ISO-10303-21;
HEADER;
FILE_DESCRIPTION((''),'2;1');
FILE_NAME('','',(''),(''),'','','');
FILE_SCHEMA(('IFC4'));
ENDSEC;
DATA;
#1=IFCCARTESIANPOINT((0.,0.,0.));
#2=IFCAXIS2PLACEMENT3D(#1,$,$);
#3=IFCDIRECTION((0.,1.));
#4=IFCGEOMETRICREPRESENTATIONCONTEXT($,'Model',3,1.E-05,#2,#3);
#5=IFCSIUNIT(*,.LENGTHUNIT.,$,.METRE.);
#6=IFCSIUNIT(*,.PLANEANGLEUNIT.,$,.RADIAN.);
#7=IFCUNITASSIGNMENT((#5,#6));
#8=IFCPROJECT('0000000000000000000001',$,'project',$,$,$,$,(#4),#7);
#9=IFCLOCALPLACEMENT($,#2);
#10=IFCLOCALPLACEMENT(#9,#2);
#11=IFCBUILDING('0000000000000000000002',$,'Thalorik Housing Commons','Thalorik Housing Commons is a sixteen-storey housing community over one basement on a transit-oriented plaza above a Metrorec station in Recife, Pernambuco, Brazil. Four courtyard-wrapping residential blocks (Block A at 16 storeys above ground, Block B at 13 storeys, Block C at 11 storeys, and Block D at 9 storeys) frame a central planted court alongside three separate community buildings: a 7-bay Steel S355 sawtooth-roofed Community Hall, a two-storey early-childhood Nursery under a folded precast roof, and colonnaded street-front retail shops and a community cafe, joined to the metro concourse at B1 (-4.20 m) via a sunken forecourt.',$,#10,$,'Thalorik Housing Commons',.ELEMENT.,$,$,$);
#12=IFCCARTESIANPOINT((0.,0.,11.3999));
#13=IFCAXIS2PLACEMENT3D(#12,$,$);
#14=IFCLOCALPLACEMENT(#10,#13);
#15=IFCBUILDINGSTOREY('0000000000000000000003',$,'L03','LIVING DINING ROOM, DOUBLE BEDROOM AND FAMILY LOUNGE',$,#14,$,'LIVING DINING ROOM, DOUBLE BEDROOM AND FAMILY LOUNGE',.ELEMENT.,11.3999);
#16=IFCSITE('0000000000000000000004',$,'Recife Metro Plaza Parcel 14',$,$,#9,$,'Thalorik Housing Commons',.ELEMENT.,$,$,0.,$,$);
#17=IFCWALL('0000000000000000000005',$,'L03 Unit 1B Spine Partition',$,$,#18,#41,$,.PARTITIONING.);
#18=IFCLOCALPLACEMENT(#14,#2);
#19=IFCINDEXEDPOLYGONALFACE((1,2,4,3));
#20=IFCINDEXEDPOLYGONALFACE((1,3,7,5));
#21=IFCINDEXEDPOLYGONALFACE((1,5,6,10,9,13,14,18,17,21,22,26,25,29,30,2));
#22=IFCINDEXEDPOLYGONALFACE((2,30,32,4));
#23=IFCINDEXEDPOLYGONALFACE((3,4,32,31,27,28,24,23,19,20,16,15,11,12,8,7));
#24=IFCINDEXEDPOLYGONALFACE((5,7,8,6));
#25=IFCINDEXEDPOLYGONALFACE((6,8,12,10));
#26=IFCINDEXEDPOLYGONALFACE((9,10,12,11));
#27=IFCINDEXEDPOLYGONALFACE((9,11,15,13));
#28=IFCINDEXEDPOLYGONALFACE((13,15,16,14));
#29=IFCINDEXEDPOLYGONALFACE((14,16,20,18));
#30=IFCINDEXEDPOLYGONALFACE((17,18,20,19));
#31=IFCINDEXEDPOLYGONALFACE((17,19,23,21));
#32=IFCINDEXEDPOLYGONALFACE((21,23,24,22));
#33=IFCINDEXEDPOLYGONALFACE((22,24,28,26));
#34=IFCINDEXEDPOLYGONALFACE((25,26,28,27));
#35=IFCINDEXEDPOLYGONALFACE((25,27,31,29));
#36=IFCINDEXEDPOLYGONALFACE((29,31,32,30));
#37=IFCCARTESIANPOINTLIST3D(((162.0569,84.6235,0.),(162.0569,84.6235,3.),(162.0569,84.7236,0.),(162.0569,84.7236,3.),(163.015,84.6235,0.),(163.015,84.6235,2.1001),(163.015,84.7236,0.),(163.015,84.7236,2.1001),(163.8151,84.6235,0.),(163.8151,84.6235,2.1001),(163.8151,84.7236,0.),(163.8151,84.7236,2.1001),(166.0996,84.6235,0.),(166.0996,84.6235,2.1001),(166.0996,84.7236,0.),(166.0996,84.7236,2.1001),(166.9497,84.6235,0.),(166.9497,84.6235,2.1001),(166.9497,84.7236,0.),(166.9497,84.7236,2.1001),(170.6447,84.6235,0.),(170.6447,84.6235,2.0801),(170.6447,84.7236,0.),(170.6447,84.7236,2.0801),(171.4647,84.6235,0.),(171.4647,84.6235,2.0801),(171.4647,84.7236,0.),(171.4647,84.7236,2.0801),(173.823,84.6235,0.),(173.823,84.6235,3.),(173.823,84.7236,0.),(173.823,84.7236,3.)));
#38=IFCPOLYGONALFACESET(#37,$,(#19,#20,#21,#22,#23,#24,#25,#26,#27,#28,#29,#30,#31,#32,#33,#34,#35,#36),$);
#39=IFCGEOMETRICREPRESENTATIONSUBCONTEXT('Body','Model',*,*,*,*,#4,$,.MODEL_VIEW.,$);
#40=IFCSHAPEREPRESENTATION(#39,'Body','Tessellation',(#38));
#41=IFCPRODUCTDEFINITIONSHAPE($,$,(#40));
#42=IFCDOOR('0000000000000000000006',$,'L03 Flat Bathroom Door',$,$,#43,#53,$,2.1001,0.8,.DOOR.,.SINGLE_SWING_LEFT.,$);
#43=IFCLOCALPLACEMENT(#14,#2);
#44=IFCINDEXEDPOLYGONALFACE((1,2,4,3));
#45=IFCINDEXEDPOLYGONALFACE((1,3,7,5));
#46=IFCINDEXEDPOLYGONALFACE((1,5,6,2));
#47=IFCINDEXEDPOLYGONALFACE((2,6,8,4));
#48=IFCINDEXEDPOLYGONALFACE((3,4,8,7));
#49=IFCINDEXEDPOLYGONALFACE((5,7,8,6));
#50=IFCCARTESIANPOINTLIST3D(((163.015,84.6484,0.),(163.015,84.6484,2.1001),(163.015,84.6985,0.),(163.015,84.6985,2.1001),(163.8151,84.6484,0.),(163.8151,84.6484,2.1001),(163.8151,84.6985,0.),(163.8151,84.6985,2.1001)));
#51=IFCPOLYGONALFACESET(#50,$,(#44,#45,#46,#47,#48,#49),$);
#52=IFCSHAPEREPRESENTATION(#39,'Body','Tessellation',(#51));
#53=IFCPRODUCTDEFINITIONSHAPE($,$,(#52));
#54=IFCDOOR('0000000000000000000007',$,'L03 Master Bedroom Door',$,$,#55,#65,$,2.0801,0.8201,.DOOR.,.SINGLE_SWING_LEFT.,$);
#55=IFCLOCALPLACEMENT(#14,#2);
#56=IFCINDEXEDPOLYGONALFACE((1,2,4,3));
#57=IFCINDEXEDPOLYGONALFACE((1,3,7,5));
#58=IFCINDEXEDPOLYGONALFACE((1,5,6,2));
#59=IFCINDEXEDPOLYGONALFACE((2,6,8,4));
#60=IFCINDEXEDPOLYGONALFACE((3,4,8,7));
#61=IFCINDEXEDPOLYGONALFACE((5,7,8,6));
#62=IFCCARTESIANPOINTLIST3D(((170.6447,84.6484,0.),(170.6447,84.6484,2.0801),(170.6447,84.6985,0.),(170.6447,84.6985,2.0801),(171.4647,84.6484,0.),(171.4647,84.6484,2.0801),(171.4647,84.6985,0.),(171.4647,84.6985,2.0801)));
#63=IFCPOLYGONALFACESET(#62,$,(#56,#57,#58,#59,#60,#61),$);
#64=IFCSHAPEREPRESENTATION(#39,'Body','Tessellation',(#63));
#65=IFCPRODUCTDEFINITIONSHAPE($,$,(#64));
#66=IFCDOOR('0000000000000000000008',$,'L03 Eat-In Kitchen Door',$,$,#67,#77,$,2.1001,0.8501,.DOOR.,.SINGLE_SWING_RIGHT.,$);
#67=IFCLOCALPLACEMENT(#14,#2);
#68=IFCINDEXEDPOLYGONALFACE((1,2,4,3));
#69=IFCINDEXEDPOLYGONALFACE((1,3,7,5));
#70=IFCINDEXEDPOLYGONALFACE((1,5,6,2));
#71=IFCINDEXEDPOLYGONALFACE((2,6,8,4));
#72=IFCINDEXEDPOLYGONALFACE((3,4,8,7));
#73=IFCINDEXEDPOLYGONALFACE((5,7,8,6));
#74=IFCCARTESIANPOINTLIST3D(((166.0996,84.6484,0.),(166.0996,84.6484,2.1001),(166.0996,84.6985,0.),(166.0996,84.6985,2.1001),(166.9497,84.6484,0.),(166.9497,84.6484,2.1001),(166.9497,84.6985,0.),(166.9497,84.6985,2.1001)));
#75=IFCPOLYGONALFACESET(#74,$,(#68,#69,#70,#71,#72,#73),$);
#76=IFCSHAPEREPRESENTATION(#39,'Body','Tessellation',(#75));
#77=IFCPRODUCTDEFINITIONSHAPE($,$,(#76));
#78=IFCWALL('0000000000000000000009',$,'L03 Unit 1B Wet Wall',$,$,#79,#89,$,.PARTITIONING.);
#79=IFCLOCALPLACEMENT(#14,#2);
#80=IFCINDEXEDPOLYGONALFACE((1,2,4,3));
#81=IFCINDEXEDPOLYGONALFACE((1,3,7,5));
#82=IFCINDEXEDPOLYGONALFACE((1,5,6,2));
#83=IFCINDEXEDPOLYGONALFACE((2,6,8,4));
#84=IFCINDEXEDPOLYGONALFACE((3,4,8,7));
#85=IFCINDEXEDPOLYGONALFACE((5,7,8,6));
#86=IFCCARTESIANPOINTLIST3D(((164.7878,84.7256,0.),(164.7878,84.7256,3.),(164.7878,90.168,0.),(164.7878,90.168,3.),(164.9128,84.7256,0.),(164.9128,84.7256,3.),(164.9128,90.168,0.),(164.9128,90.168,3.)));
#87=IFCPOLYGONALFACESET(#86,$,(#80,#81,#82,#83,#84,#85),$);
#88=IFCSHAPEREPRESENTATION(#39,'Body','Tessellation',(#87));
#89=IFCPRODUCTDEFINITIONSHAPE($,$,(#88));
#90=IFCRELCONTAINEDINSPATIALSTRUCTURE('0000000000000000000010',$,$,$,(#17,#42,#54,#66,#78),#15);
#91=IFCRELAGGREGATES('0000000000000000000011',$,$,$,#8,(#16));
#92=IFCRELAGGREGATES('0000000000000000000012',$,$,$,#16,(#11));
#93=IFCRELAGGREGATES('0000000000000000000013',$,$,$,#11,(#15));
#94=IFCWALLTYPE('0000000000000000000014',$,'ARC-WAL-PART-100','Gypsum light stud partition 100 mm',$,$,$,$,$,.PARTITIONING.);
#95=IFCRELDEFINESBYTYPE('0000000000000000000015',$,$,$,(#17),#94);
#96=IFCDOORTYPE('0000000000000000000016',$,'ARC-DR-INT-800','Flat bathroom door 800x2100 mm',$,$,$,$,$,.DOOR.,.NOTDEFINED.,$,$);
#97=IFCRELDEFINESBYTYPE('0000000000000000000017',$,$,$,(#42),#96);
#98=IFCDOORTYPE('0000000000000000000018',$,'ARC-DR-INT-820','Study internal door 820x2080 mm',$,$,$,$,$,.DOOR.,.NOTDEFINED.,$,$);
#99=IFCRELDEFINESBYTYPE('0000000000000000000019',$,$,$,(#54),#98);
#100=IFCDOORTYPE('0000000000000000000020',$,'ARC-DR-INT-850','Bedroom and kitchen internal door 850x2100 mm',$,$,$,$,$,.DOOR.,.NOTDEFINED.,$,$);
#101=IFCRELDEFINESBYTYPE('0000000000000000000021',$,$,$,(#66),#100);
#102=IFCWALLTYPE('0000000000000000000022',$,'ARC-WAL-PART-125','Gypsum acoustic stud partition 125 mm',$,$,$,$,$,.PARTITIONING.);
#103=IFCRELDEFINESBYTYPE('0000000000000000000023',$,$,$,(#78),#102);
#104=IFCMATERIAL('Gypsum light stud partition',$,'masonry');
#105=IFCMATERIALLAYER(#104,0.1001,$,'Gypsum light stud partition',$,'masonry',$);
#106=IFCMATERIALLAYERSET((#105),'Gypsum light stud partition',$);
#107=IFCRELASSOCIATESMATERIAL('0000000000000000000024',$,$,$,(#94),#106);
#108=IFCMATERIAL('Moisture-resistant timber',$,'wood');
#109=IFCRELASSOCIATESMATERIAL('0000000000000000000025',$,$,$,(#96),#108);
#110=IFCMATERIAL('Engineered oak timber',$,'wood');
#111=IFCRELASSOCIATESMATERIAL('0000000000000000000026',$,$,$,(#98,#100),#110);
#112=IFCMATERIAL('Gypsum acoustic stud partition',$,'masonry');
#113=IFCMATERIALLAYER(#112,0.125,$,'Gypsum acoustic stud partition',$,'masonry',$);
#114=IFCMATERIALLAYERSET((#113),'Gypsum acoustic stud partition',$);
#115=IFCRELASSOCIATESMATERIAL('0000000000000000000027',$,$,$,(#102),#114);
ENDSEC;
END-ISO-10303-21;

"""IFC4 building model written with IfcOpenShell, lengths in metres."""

from ifc_helpers import new_model, si_unit, direction, frame, frame_2d, origin, place, context, subcontext, project, spatial, rectangle, extrude, material, layer, layer_set, type_object, element, fill, save


model = new_model("IFC4")

# Units and contexts
model_context = context("Model", 3, precision=1e-05, world=origin(), true_north=direction((0.0, 1.0)))
body_context = subcontext(model_context, "Body", "Model", "MODEL_VIEW")
ifc_project = project(units=[si_unit("LENGTHUNIT", "METRE"), si_unit("PLANEANGLEUNIT", "RADIAN")], contexts=[model_context])

# Site, building, storey
site_placement = place(None, origin())
site = spatial("IfcSite", under=ifc_project, at=site_placement, Name="Recife Metro Plaza Parcel 14", LongName="Thalorik Housing Commons", CompositionType="ELEMENT", RefElevation=0.0)
building_placement = place(site_placement, origin())
building = spatial("IfcBuilding", under=site, at=building_placement, Name="Thalorik Housing Commons", Description="Thalorik Housing Commons is a sixteen-storey housing community over one basement on a transit-oriented plaza above a Metrorec station in Recife, Pernambuco, Brazil. Four courtyard-wrapping residential blocks (Block A at 16 storeys above ground, Block B at 13 storeys, Block C at 11 storeys, and Block D at 9 storeys) frame a central planted court alongside three separate community buildings: a 7-bay Steel S355 sawtooth-roofed Community Hall, a two-storey early-childhood Nursery under a folded precast roof, and colonnaded street-front retail shops and a community cafe, joined to the metro concourse at B1 (-4.20 m) via a sunken forecourt.", LongName="Thalorik Housing Commons", CompositionType="ELEMENT")
storey_placement = place(building_placement, frame((0.0, 0.0, 11.3999)))
storey = spatial("IfcBuildingStorey", under=building, at=storey_placement, Name="L03", Description="LIVING DINING ROOM, DOUBLE BEDROOM AND FAMILY LOUNGE", LongName="LIVING DINING ROOM, DOUBLE BEDROOM AND FAMILY LOUNGE", CompositionType="ELEMENT", Elevation=11.3999)

# Wall, openings, doors
ifc_material_1 = material(Name="Gypsum light stud partition", Category="masonry")
ifc_layer_1 = layer(ifc_material_1, 0.1001, Name="Gypsum light stud partition", Category="masonry")
ifc_layer_set_1 = layer_set([ifc_layer_1], Name="Gypsum light stud partition")
wall_type_1 = type_object("IfcWallType", Name="ARC-WAL-PART-100", Description="Gypsum light stud partition 100 mm", PredefinedType="PARTITIONING", material=ifc_layer_set_1)
wall_1_placement = place(storey_placement, frame((162.0569, 84.6736, 0.0), z_axis=(0.0, 0.0, 1.0), x_axis=(1.0, 0.0, 0.0)))
wall_1 = element("IfcWall", 1, at=wall_1_placement, inside=storey, type_object=wall_type_1, Name="L03 Unit 1B Spine Partition", PredefinedType="PARTITIONING", context=body_context, shape_type="SweptSolid", body=[
    extrude(rectangle(XDim=11.7661, YDim=0.1001, at=frame_2d((5.8831, 0.0))), origin(), (0.0, 0.0, 1.0), 3.0),
])
opening_1_placement = place(wall_1_placement, frame((0.9583, 0.0, 0.0)))
opening_1 = element("IfcOpeningElement", 2, at=opening_1_placement, cuts=wall_1, PredefinedType="OPENING", context=body_context, shape_type="SweptSolid", body=[
    extrude(rectangle(XDim=0.8, YDim=2.1001, at=frame_2d((0.3999, 1.05))), frame((0.0, 0.0601, 0.0), z_axis=(0.0, -1.0, 0.0), x_axis=(1.0, 0.0, 0.0)), (0.0, 0.0, 1.0), 0.1201),
])
opening_2_placement = place(wall_1_placement, frame((4.0427, 0.0, 0.0)))
opening_2 = element("IfcOpeningElement", 3, at=opening_2_placement, cuts=wall_1, PredefinedType="OPENING", context=body_context, shape_type="SweptSolid", body=[
    extrude(rectangle(XDim=0.8501, YDim=2.1001, at=frame_2d((0.425, 1.05))), frame((0.0, 0.0601, 0.0), z_axis=(0.0, -1.0, 0.0), x_axis=(1.0, 0.0, 0.0)), (0.0, 0.0, 1.0), 0.1201),
])
opening_3_placement = place(wall_1_placement, frame((8.5876, 0.0, 0.0)))
opening_3 = element("IfcOpeningElement", 4, at=opening_3_placement, cuts=wall_1, PredefinedType="OPENING", context=body_context, shape_type="SweptSolid", body=[
    extrude(rectangle(XDim=0.8201, YDim=2.0801, at=frame_2d((0.4102, 1.04))), frame((0.0, 0.0601, 0.0), z_axis=(0.0, -1.0, 0.0), x_axis=(1.0, 0.0, 0.0)), (0.0, 0.0, 1.0), 0.1201),
])
ifc_material_2 = material(Name="Moisture-resistant timber", Category="wood")
door_type_1 = type_object("IfcDoorType", Name="ARC-DR-INT-800", Description="Flat bathroom door 800x2100 mm", OperationType="NOTDEFINED", PredefinedType="DOOR", material=ifc_material_2)
door_1_placement = place(opening_1_placement, origin())
door_1 = element("IfcDoor", 5, at=door_1_placement, inside=storey, type_object=door_type_1, Name="L03 Flat Bathroom Door", OperationType="SINGLE_SWING_LEFT", OverallHeight=2.1001, OverallWidth=0.8, PredefinedType="DOOR", context=body_context, shape_type="SweptSolid", body=[
    extrude(rectangle(XDim=0.8, YDim=2.1001, at=frame_2d((0.3999, 1.05))), frame((0.0, 0.0249, 0.0), z_axis=(0.0, -1.0, 0.0), x_axis=(1.0, 0.0, 0.0)), (0.0, 0.0, 1.0), 0.05),
])
fill(opening_1, door_1)
ifc_material_3 = material(Name="Engineered oak timber", Category="wood")
door_type_2 = type_object("IfcDoorType", Name="ARC-DR-INT-820", Description="Study internal door 820x2080 mm", OperationType="NOTDEFINED", PredefinedType="DOOR", material=ifc_material_3)
door_2_placement = place(opening_3_placement, origin())
door_2 = element("IfcDoor", 6, at=door_2_placement, inside=storey, type_object=door_type_2, Name="L03 Master Bedroom Door", OperationType="SINGLE_SWING_LEFT", OverallHeight=2.0801, OverallWidth=0.8201, PredefinedType="DOOR", context=body_context, shape_type="SweptSolid", body=[
    extrude(rectangle(XDim=0.8201, YDim=2.0801, at=frame_2d((0.4102, 1.04))), frame((0.0, 0.0249, 0.0), z_axis=(0.0, -1.0, 0.0), x_axis=(1.0, 0.0, 0.0)), (0.0, 0.0, 1.0), 0.05),
])
fill(opening_3, door_2)
door_type_3 = type_object("IfcDoorType", Name="ARC-DR-INT-850", Description="Bedroom and kitchen internal door 850x2100 mm", OperationType="NOTDEFINED", PredefinedType="DOOR", material=ifc_material_3)
door_3_placement = place(opening_2_placement, origin())
door_3 = element("IfcDoor", 7, at=door_3_placement, inside=storey, type_object=door_type_3, Name="L03 Eat-In Kitchen Door", OperationType="SINGLE_SWING_RIGHT", OverallHeight=2.1001, OverallWidth=0.8501, PredefinedType="DOOR", context=body_context, shape_type="SweptSolid", body=[
    extrude(rectangle(XDim=0.8501, YDim=2.1001, at=frame_2d((0.425, 1.05))), frame((0.0, 0.0249, 0.0), z_axis=(0.0, -1.0, 0.0), x_axis=(1.0, 0.0, 0.0)), (0.0, 0.0, 1.0), 0.05),
])
fill(opening_2, door_3)

# Wall
ifc_material_4 = material(Name="Gypsum acoustic stud partition", Category="masonry")
ifc_layer_2 = layer(ifc_material_4, 0.125, Name="Gypsum acoustic stud partition", Category="masonry")
ifc_layer_set_2 = layer_set([ifc_layer_2], Name="Gypsum acoustic stud partition")
wall_type_2 = type_object("IfcWallType", Name="ARC-WAL-PART-125", Description="Gypsum acoustic stud partition 125 mm", PredefinedType="PARTITIONING", material=ifc_layer_set_2)
wall_2_placement = place(storey_placement, frame((164.8503, 84.7256, 0.0), z_axis=(0.0, 0.0, 1.0), x_axis=(0.0, 1.0, 0.0)))
element("IfcWall", 8, at=wall_2_placement, inside=storey, type_object=wall_type_2, Name="L03 Unit 1B Wet Wall", PredefinedType="PARTITIONING", context=body_context, shape_type="SweptSolid", body=[
    extrude(rectangle(XDim=5.4424, YDim=0.125, at=frame_2d((2.7212, 0.0))), origin(), (0.0, 0.0, 1.0), 3.0),
])

save(model, "model.ifc")
